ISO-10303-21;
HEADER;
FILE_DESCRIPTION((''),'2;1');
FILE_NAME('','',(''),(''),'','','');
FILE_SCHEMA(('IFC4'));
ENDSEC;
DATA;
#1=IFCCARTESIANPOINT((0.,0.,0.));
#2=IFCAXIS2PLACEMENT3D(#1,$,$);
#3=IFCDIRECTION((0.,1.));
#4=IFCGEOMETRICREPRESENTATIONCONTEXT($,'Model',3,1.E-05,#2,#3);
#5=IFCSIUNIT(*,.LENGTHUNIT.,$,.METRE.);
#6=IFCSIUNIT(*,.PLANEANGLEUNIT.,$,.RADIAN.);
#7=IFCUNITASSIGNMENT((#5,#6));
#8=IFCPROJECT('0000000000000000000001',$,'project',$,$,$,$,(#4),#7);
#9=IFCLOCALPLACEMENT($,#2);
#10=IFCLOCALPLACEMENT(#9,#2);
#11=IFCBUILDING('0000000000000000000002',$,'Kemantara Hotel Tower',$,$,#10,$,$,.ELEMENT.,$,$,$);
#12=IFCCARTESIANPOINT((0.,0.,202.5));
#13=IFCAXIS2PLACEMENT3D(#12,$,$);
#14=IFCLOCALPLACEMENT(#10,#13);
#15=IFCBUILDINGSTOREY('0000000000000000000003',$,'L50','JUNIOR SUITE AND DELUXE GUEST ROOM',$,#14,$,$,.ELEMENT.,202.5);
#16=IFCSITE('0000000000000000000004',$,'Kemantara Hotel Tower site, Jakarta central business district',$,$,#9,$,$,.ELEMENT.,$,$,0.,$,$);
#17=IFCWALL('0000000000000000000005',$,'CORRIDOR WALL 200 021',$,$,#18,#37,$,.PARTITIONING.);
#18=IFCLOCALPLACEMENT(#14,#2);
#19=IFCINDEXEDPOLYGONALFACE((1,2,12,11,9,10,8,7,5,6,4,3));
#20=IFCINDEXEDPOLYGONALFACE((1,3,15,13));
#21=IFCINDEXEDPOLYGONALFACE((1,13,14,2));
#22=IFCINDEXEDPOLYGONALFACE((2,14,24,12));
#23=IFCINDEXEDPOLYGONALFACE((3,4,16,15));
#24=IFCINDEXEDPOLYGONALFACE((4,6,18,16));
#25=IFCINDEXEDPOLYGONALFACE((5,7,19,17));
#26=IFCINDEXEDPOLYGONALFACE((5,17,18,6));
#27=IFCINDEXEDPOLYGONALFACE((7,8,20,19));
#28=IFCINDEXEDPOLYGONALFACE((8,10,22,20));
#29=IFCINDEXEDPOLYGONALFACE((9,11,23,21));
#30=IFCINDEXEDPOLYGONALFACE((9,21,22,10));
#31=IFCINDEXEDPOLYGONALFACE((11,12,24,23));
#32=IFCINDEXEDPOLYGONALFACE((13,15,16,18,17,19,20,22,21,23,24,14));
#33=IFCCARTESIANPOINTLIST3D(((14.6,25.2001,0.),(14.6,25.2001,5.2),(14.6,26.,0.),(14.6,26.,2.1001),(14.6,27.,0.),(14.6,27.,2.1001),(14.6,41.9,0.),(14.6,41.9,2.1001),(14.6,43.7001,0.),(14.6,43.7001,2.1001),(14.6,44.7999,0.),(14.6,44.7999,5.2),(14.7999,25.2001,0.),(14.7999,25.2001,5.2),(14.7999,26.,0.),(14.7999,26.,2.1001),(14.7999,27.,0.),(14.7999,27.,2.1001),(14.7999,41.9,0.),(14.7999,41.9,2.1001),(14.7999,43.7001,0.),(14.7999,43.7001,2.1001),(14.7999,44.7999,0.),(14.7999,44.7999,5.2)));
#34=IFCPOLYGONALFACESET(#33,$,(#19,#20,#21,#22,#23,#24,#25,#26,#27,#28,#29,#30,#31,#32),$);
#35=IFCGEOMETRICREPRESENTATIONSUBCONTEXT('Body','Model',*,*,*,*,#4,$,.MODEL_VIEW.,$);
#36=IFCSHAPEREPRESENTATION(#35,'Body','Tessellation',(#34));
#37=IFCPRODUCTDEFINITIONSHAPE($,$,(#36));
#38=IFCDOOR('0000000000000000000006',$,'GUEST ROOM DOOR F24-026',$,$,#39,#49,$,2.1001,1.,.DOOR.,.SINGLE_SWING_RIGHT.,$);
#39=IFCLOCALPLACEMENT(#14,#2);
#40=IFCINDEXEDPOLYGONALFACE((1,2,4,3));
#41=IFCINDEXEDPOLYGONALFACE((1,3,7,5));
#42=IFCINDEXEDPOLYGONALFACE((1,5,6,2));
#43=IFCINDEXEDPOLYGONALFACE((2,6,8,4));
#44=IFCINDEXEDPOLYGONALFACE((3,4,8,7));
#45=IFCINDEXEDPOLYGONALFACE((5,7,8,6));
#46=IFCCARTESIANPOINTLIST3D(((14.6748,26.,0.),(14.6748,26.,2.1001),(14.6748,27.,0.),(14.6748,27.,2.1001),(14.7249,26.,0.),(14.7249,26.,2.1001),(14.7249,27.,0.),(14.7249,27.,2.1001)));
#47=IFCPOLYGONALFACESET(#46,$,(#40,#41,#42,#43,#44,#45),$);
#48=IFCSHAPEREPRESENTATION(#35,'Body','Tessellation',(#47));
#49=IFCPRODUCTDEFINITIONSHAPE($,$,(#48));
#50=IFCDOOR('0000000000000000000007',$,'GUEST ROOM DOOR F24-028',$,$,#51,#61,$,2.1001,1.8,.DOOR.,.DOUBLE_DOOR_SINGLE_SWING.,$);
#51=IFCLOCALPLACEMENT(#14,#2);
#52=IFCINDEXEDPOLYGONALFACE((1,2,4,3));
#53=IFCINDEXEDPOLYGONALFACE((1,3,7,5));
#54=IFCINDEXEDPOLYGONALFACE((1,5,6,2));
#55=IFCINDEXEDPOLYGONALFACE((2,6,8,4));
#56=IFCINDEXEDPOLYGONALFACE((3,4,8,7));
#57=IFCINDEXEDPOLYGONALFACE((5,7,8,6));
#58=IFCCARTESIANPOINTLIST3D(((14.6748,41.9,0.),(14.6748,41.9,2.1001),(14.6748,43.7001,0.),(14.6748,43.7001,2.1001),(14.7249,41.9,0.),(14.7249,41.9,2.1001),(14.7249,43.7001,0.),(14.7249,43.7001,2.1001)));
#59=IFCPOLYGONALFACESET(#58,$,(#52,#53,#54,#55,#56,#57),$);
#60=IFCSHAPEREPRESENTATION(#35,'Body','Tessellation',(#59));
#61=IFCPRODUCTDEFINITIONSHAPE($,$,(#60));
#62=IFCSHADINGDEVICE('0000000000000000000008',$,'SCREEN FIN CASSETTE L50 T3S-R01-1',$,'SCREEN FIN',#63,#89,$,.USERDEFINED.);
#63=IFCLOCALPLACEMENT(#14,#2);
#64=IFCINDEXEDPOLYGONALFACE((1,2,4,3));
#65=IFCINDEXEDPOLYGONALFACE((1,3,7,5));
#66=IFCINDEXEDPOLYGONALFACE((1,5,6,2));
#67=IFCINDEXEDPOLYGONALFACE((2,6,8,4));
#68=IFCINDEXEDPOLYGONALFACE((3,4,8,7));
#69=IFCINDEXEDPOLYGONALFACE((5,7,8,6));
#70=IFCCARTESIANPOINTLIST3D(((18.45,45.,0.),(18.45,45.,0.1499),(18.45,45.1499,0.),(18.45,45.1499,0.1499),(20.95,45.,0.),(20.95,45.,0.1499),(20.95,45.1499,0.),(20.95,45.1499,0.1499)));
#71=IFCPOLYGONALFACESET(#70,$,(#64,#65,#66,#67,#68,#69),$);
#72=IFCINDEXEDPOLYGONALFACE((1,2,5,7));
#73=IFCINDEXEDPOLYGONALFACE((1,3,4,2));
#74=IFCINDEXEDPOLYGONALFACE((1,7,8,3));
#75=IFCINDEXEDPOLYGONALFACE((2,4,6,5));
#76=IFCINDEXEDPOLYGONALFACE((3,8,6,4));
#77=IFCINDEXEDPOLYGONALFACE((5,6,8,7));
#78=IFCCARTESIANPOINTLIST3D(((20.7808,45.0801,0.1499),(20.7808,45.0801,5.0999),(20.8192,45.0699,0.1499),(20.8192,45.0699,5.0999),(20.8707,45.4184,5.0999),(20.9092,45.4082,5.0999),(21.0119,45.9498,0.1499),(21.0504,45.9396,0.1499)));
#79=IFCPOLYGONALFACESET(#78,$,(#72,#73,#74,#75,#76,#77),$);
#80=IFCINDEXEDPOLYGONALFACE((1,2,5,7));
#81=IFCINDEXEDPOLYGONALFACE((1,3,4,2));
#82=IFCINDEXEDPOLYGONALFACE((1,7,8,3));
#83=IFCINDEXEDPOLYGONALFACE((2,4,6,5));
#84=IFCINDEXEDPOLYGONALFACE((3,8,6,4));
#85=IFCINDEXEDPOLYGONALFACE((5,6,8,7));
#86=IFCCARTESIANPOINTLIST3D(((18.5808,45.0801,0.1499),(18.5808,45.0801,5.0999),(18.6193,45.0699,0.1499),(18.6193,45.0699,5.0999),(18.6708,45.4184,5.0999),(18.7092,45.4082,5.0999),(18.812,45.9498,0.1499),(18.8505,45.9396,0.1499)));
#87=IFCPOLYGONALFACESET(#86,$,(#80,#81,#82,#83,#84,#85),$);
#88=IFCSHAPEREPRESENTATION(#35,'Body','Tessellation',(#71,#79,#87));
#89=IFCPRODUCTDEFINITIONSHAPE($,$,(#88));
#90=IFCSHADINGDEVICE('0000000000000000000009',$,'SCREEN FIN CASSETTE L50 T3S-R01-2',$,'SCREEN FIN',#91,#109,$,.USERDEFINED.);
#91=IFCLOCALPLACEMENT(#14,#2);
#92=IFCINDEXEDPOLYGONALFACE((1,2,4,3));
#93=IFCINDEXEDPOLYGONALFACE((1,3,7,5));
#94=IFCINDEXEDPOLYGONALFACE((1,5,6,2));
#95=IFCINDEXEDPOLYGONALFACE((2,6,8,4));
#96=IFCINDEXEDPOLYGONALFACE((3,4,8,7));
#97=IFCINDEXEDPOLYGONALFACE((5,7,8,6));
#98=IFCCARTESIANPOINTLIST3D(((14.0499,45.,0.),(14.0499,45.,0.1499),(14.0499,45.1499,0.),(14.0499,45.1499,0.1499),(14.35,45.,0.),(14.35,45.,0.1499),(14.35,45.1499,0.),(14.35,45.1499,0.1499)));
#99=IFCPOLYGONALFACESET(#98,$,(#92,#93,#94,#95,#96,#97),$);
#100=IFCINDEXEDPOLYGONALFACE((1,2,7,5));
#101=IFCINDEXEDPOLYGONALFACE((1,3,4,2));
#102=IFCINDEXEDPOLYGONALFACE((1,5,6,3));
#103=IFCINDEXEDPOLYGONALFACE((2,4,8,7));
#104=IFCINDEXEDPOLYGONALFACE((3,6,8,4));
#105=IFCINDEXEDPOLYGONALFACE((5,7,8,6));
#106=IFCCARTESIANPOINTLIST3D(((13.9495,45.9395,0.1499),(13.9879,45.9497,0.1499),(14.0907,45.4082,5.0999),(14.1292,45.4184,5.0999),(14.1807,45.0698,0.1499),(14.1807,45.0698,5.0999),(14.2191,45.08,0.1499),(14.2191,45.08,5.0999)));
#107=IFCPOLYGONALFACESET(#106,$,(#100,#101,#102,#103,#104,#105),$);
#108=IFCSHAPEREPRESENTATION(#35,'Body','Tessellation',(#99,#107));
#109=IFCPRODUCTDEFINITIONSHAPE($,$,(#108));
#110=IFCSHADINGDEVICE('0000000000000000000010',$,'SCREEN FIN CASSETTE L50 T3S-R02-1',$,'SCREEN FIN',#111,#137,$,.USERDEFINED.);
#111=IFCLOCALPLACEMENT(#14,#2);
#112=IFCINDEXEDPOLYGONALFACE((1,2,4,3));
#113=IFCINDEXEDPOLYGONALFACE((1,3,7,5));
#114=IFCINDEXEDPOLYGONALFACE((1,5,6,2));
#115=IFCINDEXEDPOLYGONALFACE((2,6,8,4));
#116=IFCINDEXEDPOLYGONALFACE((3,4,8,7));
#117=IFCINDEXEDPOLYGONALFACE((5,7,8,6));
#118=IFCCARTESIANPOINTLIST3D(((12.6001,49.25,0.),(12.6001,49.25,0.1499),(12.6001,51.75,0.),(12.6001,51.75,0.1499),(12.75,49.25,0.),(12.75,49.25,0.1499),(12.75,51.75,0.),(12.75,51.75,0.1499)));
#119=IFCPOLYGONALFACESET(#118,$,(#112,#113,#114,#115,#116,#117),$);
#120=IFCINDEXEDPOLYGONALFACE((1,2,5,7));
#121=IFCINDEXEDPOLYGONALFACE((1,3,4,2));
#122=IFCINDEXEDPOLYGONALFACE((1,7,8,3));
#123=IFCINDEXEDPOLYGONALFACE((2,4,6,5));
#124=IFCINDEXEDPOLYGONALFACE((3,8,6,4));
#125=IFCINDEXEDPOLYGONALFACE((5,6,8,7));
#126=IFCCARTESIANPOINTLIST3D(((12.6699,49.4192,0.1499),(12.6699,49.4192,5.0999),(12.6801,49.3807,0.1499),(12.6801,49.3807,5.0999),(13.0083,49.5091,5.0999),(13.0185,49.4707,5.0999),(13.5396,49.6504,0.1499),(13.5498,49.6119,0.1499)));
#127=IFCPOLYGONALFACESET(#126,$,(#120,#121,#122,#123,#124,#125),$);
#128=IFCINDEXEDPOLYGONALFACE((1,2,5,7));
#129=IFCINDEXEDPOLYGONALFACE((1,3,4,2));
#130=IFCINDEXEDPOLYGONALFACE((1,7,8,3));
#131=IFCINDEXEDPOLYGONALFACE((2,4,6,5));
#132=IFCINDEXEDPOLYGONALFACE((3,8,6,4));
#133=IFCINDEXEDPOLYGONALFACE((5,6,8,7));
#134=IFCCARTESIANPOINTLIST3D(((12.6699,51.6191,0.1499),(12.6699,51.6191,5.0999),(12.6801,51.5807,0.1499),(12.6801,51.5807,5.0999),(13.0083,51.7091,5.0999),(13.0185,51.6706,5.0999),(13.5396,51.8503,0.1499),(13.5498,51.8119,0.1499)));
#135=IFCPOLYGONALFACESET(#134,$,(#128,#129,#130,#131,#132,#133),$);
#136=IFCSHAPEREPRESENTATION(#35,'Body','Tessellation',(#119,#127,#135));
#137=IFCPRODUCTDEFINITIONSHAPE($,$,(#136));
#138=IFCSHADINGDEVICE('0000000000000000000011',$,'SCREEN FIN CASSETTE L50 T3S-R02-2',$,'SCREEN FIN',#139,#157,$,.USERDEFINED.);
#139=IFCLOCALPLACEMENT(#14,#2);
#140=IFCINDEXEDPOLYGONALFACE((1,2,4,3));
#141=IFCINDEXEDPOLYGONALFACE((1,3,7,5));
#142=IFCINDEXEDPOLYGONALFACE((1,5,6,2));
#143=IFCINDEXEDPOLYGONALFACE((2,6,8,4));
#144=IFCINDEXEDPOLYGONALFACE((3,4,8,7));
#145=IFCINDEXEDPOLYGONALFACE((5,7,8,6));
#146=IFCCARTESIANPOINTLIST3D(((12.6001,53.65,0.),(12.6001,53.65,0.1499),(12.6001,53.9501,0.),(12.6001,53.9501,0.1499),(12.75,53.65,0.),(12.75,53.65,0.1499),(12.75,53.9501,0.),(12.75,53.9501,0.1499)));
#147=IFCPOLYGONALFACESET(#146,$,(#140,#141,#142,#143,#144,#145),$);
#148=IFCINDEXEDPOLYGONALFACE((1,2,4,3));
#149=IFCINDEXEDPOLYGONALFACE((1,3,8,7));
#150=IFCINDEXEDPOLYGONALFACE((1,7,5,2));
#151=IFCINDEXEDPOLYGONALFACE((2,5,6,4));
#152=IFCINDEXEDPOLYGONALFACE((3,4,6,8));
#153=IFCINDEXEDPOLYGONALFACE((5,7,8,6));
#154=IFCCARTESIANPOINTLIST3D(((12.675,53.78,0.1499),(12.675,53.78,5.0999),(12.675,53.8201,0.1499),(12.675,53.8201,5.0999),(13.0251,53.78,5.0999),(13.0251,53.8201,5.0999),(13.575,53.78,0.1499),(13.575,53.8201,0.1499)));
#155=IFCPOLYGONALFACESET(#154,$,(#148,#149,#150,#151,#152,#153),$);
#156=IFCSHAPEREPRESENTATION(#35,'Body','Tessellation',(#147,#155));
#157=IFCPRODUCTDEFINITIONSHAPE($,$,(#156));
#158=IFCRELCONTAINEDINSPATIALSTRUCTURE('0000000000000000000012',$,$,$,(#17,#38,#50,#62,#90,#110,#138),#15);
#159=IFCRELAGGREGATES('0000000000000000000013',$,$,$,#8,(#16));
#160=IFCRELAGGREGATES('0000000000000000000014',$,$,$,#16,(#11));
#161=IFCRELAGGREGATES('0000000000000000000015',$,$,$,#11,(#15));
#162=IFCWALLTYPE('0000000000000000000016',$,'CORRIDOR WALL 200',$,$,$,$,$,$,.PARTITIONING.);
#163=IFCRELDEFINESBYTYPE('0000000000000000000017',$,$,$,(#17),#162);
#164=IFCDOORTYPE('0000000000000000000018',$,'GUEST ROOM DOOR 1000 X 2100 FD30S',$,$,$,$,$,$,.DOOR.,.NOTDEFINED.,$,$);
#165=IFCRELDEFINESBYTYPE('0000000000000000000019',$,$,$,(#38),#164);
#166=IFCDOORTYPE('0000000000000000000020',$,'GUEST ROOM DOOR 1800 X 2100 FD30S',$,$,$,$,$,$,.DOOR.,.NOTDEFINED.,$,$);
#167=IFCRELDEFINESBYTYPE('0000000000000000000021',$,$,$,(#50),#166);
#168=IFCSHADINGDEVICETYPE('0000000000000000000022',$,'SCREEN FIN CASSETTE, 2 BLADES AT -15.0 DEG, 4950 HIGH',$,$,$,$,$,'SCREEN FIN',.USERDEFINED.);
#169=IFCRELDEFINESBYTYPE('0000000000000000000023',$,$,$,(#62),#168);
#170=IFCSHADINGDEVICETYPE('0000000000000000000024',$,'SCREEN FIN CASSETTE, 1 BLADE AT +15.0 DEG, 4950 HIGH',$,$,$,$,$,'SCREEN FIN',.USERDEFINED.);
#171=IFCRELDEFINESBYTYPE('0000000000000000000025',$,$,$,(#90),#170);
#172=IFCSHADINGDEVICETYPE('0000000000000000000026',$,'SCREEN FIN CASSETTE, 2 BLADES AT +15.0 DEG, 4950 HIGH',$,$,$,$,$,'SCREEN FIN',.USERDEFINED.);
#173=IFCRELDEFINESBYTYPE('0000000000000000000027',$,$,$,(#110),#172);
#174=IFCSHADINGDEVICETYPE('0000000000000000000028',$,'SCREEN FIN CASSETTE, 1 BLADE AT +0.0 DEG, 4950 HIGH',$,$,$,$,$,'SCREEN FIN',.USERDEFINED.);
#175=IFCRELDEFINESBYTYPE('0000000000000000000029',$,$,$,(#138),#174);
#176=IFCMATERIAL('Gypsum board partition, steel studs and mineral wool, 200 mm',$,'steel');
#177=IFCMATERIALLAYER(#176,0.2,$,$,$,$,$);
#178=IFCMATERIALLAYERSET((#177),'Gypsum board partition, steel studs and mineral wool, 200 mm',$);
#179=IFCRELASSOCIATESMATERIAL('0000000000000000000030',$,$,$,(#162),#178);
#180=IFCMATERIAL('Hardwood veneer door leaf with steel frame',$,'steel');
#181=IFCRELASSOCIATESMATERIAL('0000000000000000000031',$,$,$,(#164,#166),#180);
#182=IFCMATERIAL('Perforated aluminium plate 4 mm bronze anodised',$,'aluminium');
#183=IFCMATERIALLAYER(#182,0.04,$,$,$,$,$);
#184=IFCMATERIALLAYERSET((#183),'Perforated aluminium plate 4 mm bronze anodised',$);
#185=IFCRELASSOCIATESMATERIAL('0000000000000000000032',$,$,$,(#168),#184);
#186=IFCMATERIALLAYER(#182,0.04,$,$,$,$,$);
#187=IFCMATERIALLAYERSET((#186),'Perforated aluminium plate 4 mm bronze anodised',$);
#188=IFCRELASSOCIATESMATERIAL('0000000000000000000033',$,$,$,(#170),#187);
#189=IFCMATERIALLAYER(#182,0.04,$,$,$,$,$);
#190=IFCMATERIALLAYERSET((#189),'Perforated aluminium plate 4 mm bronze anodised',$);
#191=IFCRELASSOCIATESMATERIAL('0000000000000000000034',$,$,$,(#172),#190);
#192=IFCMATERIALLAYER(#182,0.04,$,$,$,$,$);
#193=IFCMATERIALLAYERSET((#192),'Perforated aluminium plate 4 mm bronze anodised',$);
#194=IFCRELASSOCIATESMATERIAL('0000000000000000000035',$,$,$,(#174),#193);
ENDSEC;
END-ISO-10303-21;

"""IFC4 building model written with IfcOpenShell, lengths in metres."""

from ifc_helpers import new_model, si_unit, direction, frame, frame_2d, origin, origin_2d, place, context, subcontext, project, spatial, polyline, rectangle, outline, extrude, source, transform, mapped, material, layer, layer_set, type_object, element, fill, save


model = new_model("IFC4")

# Units and contexts
model_context = context("Model", 3, precision=1e-05, world=origin(), true_north=direction((0.0, 1.0)))
body_context = subcontext(model_context, "Body", "Model", "MODEL_VIEW")
ifc_project = project(units=[si_unit("LENGTHUNIT", "METRE"), si_unit("PLANEANGLEUNIT", "RADIAN")], contexts=[model_context])

# Site, building, storey
site_placement = place(None, origin())
site = spatial("IfcSite", under=ifc_project, at=site_placement, Name="Kemantara Hotel Tower site, Jakarta central business district", CompositionType="ELEMENT", RefElevation=0.0)
building_placement = place(site_placement, origin())
building = spatial("IfcBuilding", under=site, at=building_placement, Name="Kemantara Hotel Tower", CompositionType="ELEMENT")
storey_placement = place(building_placement, frame((0.0, 0.0, 202.5)))
storey = spatial("IfcBuildingStorey", under=building, at=storey_placement, Name="L50", Description="JUNIOR SUITE AND DELUXE GUEST ROOM", CompositionType="ELEMENT", Elevation=202.5)

# Wall, openings, doors
ifc_material_1 = material(Name="Gypsum board partition, steel studs and mineral wool, 200 mm", Category="steel")
ifc_layer_1 = layer(ifc_material_1, 0.2)
ifc_layer_set_1 = layer_set([ifc_layer_1], Name="Gypsum board partition, steel studs and mineral wool, 200 mm")
wall_type_1 = type_object("IfcWallType", Name="CORRIDOR WALL 200", PredefinedType="PARTITIONING", material=ifc_layer_set_1)
wall_1_placement = place(storey_placement, frame((14.7, 44.7998, 0.0), z_axis=(0.0, 0.0, 1.0), x_axis=(0.0, -1.0, 0.0)))
wall_1 = element("IfcWall", 1, at=wall_1_placement, inside=storey, type_object=wall_type_1, Name="CORRIDOR WALL 200 021", PredefinedType="PARTITIONING", context=body_context, shape_type="SweptSolid", body=[
    extrude(rectangle(XDim=19.5999, YDim=0.2, at=frame_2d((9.7998, 0.0))), origin(), (0.0, 0.0, 1.0), 5.2),
])
opening_1_placement = place(wall_1_placement, frame((17.7998, 0.0, 0.0)))
opening_1 = element("IfcOpeningElement", 2, at=opening_1_placement, cuts=wall_1, PredefinedType="OPENING", context=body_context, shape_type="SweptSolid", body=[
    extrude(rectangle(XDim=1.0, YDim=2.1001, at=frame_2d((0.5, 1.05))), frame((0.0, 0.1099, 0.0), z_axis=(0.0, -1.0, 0.0), x_axis=(1.0, 0.0, 0.0)), (0.0, 0.0, 1.0), 0.22),
])
opening_2_placement = place(wall_1_placement, frame((1.0999, 0.0, 0.0)))
opening_2 = element("IfcOpeningElement", 3, at=opening_2_placement, cuts=wall_1, PredefinedType="OPENING", context=body_context, shape_type="SweptSolid", body=[
    extrude(rectangle(XDim=1.8, YDim=2.1001, at=frame_2d((0.8999, 1.05))), frame((0.0, 0.1099, 0.0), z_axis=(0.0, -1.0, 0.0), x_axis=(1.0, 0.0, 0.0)), (0.0, 0.0, 1.0), 0.22),
])
ifc_material_2 = material(Name="Hardwood veneer door leaf with steel frame", Category="steel")
door_type_1 = type_object("IfcDoorType", Name="GUEST ROOM DOOR 1000 X 2100 FD30S", OperationType="NOTDEFINED", PredefinedType="DOOR", material=ifc_material_2)
door_1_placement = place(opening_1_placement, origin())
door_1 = element("IfcDoor", 4, at=door_1_placement, inside=storey, type_object=door_type_1, Name="GUEST ROOM DOOR F24-026", OperationType="SINGLE_SWING_RIGHT", OverallHeight=2.1001, OverallWidth=1.0, PredefinedType="DOOR", context=body_context, shape_type="SweptSolid", body=[
    extrude(rectangle(XDim=1.0, YDim=2.1001, at=frame_2d((0.5, 1.05))), frame((0.0, 0.0249, 0.0), z_axis=(0.0, -1.0, 0.0), x_axis=(1.0, 0.0, 0.0)), (0.0, 0.0, 1.0), 0.05),
])
fill(opening_1, door_1)
door_type_2 = type_object("IfcDoorType", Name="GUEST ROOM DOOR 1800 X 2100 FD30S", OperationType="NOTDEFINED", PredefinedType="DOOR", material=ifc_material_2)
door_2_placement = place(opening_2_placement, origin())
door_2 = element("IfcDoor", 5, at=door_2_placement, inside=storey, type_object=door_type_2, Name="GUEST ROOM DOOR F24-028", OperationType="DOUBLE_DOOR_SINGLE_SWING", OverallHeight=2.1001, OverallWidth=1.8, PredefinedType="DOOR", context=body_context, shape_type="SweptSolid", body=[
    extrude(rectangle(XDim=1.8, YDim=2.1001, at=frame_2d((0.8999, 1.05))), frame((0.0, 0.0249, 0.0), z_axis=(0.0, -1.0, 0.0), x_axis=(1.0, 0.0, 0.0)), (0.0, 0.0, 1.0), 0.05),
])
fill(opening_2, door_2)

# Shading devices
ifc_material_3 = material(Name="Perforated aluminium plate 4 mm bronze anodised", Category="aluminium")
ifc_layer_2 = layer(ifc_material_3, 0.04)
ifc_layer_set_2 = layer_set([ifc_layer_2], Name="Perforated aluminium plate 4 mm bronze anodised")
shading_device_type_1 = type_object("IfcShadingDeviceType", Name="SCREEN FIN CASSETTE, 2 BLADES AT -15.0 DEG, 4950 HIGH", ElementType="SCREEN FIN", PredefinedType="USERDEFINED", material=ifc_layer_set_2)
shared_shape_1 = source(origin(), body_context, "Body", "SweptSolid", [
    extrude(rectangle(XDim=2.5, YDim=0.1499, at=origin_2d()), frame((1.1001, -0.075, -0.1499), z_axis=(0.0, 0.0, 1.0), x_axis=(1.0, 0.0, 0.0)), (0.0, 0.0, 1.0), 0.1499),
    extrude(outline(polyline([(0.0, 0.0), (0.8999, 0.0), (0.3501, 4.95), (0.0, 4.95), (0.0, 0.0)])), frame((0.0193, -0.0801, 0.0), z_axis=(-0.966438, 0.256901, 0.0), x_axis=(-0.256901, -0.966438, 0.0)), (0.0, 0.0, 1.0), 0.0398),
    extrude(outline(polyline([(0.0, 0.0), (0.8999, 0.0), (0.3501, 4.95), (0.0, 4.95), (0.0, 0.0)])), frame((2.2192, -0.0801, 0.0), z_axis=(-0.966438, 0.256901, 0.0), x_axis=(-0.256901, -0.966438, 0.0)), (0.0, 0.0, 1.0), 0.0398),
])
shading_device_1_placement = place(storey_placement, frame((20.8, 45.0, 0.1499), z_axis=(0.0, 0.0, 1.0), x_axis=(-1.0, 0.0, 0.0)))
element("IfcShadingDevice", 6, at=shading_device_1_placement, inside=storey, type_object=shading_device_type_1, Name="SCREEN FIN CASSETTE L50 T3S-R01-1", ObjectType="SCREEN FIN", PredefinedType="USERDEFINED", context=body_context, shape_type="MappedRepresentation", body=[
    mapped(shared_shape_1, transform((0.0, 0.0, 0.0))),
])
ifc_layer_3 = layer(ifc_material_3, 0.04)
ifc_layer_set_3 = layer_set([ifc_layer_3], Name="Perforated aluminium plate 4 mm bronze anodised")
shading_device_type_2 = type_object("IfcShadingDeviceType", Name="SCREEN FIN CASSETTE, 1 BLADE AT +15.0 DEG, 4950 HIGH", ElementType="SCREEN FIN", PredefinedType="USERDEFINED", material=ifc_layer_set_3)
shared_shape_2 = source(origin(), body_context, "Body", "SweptSolid", [
    extrude(rectangle(XDim=0.3, YDim=0.1499, at=origin_2d()), frame((0.0, -0.075, -0.1499), z_axis=(0.0, 0.0, 1.0), x_axis=(1.0, 0.0, 0.0)), (0.0, 0.0, 1.0), 0.1499),
    extrude(outline(polyline([(0.0, 0.0), (0.8999, 0.0), (0.3501, 4.95), (0.0, 4.95), (0.0, 0.0)])), frame((0.0193, -0.0698, 0.0), z_axis=(-0.966438, -0.256901, 0.0), x_axis=(0.256901, -0.966438, 0.0)), (0.0, 0.0, 1.0), 0.0398),
])
shading_device_2_placement = place(storey_placement, frame((14.2, 45.0, 0.1499), z_axis=(0.0, 0.0, 1.0), x_axis=(-1.0, 0.0, 0.0)))
element("IfcShadingDevice", 7, at=shading_device_2_placement, inside=storey, type_object=shading_device_type_2, Name="SCREEN FIN CASSETTE L50 T3S-R01-2", ObjectType="SCREEN FIN", PredefinedType="USERDEFINED", context=body_context, shape_type="MappedRepresentation", body=[
    mapped(shared_shape_2, transform((0.0, 0.0, 0.0))),
])
ifc_layer_4 = layer(ifc_material_3, 0.04)
ifc_layer_set_4 = layer_set([ifc_layer_4], Name="Perforated aluminium plate 4 mm bronze anodised")
shading_device_type_3 = type_object("IfcShadingDeviceType", Name="SCREEN FIN CASSETTE, 2 BLADES AT +15.0 DEG, 4950 HIGH", ElementType="SCREEN FIN", PredefinedType="USERDEFINED", material=ifc_layer_set_4)
shared_shape_3 = source(origin(), body_context, "Body", "SweptSolid", [
    extrude(rectangle(XDim=2.5, YDim=0.1499, at=origin_2d()), frame((1.1001, -0.075, -0.1499), z_axis=(0.0, 0.0, 1.0), x_axis=(1.0, 0.0, 0.0)), (0.0, 0.0, 1.0), 0.1499),
    extrude(outline(polyline([(0.0, 0.0), (0.8999, 0.0), (0.3501, 4.95), (0.0, 4.95), (0.0, 0.0)])), frame((0.0193, -0.0698, 0.0), z_axis=(-0.966438, -0.256901, 0.0), x_axis=(0.256901, -0.966438, 0.0)), (0.0, 0.0, 1.0), 0.0398),
    extrude(outline(polyline([(0.0, 0.0), (0.8999, 0.0), (0.3501, 4.95), (0.0, 4.95), (0.0, 0.0)])), frame((2.2192, -0.0698, 0.0), z_axis=(-0.966438, -0.256901, 0.0), x_axis=(0.256901, -0.966438, 0.0)), (0.0, 0.0, 1.0), 0.0398),
])
shading_device_3_placement = place(storey_placement, frame((12.6001, 49.3999, 0.1499), z_axis=(0.0, 0.0, 1.0), x_axis=(0.0, 1.0, 0.0)))
element("IfcShadingDevice", 8, at=shading_device_3_placement, inside=storey, type_object=shading_device_type_3, Name="SCREEN FIN CASSETTE L50 T3S-R02-1", ObjectType="SCREEN FIN", PredefinedType="USERDEFINED", context=body_context, shape_type="MappedRepresentation", body=[
    mapped(shared_shape_3, transform((0.0, 0.0, 0.0))),
])
ifc_layer_5 = layer(ifc_material_3, 0.04)
ifc_layer_set_5 = layer_set([ifc_layer_5], Name="Perforated aluminium plate 4 mm bronze anodised")
shading_device_type_4 = type_object("IfcShadingDeviceType", Name="SCREEN FIN CASSETTE, 1 BLADE AT +0.0 DEG, 4950 HIGH", ElementType="SCREEN FIN", PredefinedType="USERDEFINED", material=ifc_layer_set_5)
shared_shape_4 = source(origin(), body_context, "Body", "SweptSolid", [
    extrude(rectangle(XDim=0.3, YDim=0.1499, at=origin_2d()), frame((0.0, -0.075, -0.1499), z_axis=(0.0, 0.0, 1.0), x_axis=(1.0, 0.0, 0.0)), (0.0, 0.0, 1.0), 0.1499),
    extrude(outline(polyline([(0.0, 0.0), (0.8999, 0.0), (0.3501, 4.95), (0.0, 4.95), (0.0, 0.0)])), frame((0.02, -0.075, 0.0), z_axis=(-1.0, 0.0, 0.0), x_axis=(0.0, -1.0, 0.0)), (0.0, 0.0, 1.0), 0.04),
])
shading_device_4_placement = place(storey_placement, frame((12.6001, 53.8, 0.1499), z_axis=(0.0, 0.0, 1.0), x_axis=(0.0, 1.0, 0.0)))
element("IfcShadingDevice", 9, at=shading_device_4_placement, inside=storey, type_object=shading_device_type_4, Name="SCREEN FIN CASSETTE L50 T3S-R02-2", ObjectType="SCREEN FIN", PredefinedType="USERDEFINED", context=body_context, shape_type="MappedRepresentation", body=[
    mapped(shared_shape_4, transform((0.0, 0.0, 0.0))),
])

save(model, "model.ifc")
